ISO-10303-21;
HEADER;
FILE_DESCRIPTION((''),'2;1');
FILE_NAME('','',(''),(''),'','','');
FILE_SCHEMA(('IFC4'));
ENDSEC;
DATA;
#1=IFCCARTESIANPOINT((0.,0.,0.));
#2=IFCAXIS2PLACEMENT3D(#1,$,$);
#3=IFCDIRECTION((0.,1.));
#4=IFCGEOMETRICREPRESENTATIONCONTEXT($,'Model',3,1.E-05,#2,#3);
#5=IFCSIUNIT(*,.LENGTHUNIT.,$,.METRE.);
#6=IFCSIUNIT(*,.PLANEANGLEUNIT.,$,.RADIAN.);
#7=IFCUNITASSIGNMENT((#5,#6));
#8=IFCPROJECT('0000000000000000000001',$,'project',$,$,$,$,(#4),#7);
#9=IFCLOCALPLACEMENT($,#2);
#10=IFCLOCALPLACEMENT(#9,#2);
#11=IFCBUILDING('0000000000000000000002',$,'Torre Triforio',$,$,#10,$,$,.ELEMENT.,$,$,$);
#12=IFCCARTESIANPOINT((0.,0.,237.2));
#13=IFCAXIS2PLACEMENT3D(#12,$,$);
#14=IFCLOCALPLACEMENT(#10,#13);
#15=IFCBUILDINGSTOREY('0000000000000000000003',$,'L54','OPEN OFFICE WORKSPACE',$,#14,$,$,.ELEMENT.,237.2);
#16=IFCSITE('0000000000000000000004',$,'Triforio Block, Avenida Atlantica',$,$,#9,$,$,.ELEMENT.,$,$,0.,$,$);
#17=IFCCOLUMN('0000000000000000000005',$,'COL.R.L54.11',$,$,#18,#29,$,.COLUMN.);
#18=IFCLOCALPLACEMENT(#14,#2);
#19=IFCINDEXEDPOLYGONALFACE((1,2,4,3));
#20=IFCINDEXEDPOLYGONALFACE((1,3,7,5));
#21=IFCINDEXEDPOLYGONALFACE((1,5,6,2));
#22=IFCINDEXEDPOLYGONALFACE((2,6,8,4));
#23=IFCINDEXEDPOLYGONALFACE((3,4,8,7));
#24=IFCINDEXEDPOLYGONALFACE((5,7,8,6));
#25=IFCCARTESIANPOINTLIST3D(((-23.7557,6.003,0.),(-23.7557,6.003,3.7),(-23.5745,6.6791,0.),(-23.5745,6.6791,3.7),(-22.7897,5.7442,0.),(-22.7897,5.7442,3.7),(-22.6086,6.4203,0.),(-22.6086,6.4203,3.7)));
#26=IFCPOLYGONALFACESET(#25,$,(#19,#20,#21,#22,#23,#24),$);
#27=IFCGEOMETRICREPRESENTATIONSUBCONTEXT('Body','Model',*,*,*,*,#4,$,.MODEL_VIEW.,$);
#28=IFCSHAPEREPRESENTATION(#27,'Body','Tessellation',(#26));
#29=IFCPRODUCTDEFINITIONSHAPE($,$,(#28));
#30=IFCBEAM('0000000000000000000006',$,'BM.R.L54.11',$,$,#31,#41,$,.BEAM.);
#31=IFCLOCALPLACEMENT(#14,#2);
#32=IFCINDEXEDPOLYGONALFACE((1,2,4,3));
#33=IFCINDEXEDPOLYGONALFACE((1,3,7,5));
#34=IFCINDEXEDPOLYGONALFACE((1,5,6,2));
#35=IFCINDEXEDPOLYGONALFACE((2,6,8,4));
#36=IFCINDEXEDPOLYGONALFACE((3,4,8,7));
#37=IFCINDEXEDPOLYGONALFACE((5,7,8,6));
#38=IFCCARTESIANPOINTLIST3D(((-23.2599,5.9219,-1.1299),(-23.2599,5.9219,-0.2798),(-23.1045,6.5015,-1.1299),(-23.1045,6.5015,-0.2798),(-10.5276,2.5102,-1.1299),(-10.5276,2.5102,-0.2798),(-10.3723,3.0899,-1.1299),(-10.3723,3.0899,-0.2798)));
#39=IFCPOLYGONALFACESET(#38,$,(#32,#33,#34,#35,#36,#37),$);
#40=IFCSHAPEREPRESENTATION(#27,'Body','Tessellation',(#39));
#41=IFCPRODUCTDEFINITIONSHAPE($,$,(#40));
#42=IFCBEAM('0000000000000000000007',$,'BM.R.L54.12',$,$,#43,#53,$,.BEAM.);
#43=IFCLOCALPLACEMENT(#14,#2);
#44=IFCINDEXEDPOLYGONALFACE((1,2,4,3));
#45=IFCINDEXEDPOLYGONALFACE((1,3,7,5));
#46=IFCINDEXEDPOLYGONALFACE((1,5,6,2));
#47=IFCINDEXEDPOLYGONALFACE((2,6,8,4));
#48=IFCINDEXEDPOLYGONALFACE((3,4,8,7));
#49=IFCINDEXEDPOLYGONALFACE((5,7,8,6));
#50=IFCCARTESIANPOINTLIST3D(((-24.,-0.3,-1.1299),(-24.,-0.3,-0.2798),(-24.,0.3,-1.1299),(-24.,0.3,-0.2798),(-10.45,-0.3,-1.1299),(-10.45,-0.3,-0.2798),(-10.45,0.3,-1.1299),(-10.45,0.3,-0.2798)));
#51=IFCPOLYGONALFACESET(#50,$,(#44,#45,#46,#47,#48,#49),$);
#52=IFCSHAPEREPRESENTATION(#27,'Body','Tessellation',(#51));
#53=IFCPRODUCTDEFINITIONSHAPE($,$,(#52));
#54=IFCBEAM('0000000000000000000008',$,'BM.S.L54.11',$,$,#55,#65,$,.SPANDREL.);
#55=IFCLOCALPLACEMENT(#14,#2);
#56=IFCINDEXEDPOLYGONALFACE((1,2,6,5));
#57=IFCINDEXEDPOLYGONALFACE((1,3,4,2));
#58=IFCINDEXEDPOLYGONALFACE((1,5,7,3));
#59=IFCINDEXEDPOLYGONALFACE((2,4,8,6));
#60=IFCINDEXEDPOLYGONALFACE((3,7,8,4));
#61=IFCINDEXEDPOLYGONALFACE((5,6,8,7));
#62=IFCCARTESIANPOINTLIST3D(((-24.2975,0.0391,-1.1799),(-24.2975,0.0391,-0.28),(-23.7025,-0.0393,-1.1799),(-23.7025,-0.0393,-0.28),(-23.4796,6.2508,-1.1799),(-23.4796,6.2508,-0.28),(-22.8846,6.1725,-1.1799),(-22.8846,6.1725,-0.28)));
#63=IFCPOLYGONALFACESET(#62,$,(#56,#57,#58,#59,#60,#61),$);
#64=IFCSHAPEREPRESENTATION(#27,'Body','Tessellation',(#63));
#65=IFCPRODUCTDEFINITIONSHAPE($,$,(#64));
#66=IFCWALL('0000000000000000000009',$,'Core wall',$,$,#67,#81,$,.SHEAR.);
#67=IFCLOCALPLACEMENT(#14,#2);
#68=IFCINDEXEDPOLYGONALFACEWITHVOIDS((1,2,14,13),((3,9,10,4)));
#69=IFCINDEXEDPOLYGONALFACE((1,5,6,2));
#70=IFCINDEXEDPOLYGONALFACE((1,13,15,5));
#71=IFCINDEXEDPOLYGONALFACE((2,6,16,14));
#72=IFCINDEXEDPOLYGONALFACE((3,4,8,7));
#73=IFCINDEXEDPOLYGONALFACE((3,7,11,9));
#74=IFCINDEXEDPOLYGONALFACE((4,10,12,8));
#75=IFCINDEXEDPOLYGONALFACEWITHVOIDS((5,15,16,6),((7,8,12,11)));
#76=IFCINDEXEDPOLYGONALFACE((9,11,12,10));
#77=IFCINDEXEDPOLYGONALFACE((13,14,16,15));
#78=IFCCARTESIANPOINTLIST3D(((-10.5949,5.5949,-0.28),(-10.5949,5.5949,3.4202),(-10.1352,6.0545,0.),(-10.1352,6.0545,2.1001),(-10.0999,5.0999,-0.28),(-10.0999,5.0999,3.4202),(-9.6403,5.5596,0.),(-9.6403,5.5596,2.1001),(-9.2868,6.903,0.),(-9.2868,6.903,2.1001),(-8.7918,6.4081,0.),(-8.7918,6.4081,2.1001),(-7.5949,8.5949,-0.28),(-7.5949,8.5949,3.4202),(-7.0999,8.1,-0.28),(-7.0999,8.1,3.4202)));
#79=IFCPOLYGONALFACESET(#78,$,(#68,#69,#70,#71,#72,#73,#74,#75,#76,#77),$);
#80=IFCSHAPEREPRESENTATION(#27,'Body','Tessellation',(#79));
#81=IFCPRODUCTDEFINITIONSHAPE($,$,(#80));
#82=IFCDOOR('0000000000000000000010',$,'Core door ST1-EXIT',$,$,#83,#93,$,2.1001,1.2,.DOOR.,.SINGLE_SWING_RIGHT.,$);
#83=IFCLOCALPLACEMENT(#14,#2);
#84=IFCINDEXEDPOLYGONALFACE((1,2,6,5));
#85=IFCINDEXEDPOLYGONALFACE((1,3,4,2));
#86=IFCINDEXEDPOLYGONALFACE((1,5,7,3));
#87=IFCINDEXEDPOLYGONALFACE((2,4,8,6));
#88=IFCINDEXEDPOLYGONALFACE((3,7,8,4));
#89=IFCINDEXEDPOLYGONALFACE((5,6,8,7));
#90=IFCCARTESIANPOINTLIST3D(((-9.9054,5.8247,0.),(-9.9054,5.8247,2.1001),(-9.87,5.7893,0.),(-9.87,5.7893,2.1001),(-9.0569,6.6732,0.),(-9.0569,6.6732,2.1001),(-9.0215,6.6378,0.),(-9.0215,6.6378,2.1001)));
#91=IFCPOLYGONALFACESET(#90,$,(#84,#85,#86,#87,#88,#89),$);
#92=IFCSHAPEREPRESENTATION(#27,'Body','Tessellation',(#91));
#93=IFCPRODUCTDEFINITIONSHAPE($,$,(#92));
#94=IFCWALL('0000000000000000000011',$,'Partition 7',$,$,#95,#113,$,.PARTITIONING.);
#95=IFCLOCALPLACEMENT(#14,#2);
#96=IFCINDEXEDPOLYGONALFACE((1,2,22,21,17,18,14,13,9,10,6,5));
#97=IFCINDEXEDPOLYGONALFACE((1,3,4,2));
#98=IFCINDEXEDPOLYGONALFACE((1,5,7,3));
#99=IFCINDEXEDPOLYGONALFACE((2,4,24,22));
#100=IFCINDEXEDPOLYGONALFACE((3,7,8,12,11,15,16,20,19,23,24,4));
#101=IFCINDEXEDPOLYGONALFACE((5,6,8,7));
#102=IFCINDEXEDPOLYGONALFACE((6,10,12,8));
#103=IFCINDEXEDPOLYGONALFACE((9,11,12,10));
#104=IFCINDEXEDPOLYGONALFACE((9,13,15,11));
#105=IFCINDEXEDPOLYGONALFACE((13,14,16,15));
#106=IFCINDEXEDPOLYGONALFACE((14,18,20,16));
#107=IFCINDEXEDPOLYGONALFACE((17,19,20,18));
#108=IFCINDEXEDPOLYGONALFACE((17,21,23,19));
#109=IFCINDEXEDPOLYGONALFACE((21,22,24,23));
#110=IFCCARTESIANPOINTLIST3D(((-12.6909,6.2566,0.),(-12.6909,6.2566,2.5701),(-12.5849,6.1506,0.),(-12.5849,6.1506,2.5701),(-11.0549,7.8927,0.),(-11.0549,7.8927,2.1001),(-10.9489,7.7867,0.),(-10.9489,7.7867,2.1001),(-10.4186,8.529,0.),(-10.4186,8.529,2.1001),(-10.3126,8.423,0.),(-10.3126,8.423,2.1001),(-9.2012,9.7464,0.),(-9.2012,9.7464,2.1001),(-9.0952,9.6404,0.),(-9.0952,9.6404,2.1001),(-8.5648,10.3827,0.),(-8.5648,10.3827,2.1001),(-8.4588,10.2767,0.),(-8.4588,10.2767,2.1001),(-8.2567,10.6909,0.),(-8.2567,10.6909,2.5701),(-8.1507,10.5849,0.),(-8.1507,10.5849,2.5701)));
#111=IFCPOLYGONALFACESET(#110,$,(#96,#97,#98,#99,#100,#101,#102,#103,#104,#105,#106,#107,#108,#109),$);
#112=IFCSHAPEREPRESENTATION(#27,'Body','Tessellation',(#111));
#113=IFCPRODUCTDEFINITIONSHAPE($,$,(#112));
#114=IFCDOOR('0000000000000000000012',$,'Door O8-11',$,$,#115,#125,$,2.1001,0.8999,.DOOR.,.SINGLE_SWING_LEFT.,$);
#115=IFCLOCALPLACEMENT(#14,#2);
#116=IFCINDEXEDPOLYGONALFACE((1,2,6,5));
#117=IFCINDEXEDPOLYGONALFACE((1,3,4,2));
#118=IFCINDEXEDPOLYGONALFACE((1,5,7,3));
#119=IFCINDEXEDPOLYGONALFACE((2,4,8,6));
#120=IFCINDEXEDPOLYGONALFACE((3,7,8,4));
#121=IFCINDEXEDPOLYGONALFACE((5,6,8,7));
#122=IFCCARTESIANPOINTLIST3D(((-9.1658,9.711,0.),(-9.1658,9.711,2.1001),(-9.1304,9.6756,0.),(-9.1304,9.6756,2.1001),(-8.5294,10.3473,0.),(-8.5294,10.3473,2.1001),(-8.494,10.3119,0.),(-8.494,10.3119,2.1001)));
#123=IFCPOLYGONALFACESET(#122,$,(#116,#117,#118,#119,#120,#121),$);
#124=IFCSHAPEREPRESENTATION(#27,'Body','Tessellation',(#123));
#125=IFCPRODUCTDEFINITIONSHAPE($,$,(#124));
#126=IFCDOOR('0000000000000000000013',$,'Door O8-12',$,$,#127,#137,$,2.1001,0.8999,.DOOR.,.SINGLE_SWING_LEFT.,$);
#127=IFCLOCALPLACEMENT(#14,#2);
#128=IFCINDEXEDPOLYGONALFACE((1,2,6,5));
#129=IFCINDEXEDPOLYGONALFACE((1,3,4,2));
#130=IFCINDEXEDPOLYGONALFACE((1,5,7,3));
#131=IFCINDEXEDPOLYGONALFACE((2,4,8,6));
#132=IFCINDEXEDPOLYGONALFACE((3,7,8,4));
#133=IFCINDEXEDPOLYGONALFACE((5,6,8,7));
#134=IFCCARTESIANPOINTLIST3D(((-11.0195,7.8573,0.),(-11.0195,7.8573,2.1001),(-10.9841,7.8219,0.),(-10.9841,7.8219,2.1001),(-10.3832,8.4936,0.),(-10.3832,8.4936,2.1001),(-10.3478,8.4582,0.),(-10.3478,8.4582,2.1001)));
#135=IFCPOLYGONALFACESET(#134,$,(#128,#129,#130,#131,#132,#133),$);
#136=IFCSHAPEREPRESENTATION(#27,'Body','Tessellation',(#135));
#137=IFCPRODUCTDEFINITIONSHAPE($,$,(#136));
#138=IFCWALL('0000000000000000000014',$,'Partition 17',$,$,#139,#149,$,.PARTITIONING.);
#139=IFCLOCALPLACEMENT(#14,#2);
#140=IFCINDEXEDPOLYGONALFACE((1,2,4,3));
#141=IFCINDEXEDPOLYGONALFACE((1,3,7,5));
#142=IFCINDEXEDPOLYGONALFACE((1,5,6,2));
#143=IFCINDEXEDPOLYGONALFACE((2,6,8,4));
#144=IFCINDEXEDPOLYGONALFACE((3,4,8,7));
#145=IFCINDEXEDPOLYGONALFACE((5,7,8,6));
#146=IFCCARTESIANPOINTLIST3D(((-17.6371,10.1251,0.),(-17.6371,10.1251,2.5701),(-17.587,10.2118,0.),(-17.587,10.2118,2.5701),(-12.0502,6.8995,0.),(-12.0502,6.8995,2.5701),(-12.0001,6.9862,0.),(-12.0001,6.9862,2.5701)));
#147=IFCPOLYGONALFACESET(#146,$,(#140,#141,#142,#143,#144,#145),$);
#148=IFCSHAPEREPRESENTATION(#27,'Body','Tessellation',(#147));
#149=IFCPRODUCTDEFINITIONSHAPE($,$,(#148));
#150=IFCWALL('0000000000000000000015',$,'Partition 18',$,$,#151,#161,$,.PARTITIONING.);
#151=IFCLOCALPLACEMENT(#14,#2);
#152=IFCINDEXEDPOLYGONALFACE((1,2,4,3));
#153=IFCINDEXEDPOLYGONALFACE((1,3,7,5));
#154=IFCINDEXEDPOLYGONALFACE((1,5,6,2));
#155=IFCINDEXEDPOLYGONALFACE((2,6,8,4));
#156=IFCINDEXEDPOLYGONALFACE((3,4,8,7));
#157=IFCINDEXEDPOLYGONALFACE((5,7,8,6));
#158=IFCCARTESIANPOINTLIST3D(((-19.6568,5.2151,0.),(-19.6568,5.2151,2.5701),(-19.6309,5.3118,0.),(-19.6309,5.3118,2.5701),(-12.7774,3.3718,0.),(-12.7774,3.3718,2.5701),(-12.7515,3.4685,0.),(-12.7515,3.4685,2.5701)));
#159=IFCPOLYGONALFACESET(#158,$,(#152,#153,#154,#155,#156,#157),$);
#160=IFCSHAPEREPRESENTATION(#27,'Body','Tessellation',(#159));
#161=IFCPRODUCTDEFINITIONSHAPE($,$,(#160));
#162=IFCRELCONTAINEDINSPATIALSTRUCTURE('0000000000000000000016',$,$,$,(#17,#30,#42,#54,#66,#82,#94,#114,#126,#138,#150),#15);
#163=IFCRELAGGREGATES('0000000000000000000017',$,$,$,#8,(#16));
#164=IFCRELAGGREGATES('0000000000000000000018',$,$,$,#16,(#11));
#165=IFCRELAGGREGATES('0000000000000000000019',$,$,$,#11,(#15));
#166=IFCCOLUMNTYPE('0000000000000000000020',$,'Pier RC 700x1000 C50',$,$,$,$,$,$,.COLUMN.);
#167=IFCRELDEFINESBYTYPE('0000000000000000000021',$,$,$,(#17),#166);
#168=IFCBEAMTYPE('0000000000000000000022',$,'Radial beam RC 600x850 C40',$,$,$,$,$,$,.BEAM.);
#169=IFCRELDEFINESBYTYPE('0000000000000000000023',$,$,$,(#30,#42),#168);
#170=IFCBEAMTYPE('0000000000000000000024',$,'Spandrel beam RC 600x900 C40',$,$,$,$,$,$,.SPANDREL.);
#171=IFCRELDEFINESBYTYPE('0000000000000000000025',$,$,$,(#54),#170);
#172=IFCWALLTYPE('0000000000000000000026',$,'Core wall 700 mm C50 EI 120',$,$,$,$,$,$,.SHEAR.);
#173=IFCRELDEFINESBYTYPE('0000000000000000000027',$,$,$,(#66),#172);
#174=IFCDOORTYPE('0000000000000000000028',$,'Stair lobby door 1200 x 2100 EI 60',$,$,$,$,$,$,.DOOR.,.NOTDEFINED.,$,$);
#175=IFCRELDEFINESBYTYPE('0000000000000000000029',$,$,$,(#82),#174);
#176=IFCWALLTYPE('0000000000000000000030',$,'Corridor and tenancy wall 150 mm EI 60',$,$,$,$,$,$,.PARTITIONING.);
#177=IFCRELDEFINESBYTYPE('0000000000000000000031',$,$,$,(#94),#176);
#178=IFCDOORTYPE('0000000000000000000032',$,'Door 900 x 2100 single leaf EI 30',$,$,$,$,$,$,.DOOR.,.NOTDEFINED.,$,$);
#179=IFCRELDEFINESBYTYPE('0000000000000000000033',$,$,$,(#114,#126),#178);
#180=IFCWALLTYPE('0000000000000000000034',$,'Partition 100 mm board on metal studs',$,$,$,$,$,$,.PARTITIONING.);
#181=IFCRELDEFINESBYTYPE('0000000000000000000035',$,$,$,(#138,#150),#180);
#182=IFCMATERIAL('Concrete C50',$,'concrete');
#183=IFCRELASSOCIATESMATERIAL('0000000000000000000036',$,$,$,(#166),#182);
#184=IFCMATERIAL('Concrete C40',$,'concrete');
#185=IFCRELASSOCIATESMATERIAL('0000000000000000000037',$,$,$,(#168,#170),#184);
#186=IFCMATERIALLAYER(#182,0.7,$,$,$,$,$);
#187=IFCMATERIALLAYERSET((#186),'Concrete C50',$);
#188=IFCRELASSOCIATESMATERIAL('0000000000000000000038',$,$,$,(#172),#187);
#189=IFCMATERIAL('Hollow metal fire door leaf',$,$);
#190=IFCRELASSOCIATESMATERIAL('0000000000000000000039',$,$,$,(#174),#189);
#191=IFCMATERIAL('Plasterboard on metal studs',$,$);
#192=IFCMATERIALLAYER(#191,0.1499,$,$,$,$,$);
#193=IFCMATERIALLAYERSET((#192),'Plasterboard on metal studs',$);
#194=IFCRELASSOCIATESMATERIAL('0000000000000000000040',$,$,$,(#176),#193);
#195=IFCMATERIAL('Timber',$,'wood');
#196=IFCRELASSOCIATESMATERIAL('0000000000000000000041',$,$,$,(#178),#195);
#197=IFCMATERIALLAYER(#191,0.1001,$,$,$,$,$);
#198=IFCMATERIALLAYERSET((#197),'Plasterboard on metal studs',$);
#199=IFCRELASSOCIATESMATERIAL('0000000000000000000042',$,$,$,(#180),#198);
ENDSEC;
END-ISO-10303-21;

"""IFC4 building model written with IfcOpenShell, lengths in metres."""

from ifc_helpers import new_model, si_unit, direction, frame, frame_2d, origin, origin_2d, place, context, subcontext, project, spatial, rectangle, extrude, material, layer, layer_set, material_profile, profile_set, type_object, element, fill, save


model = new_model("IFC4")

# Units and contexts
model_context = context("Model", 3, precision=1e-05, world=origin(), true_north=direction((0.0, 1.0)))
body_context = subcontext(model_context, "Body", "Model", "MODEL_VIEW")
ifc_project = project(units=[si_unit("LENGTHUNIT", "METRE"), si_unit("PLANEANGLEUNIT", "RADIAN")], contexts=[model_context])

# Site, building, storey
site_placement = place(None, origin())
site = spatial("IfcSite", under=ifc_project, at=site_placement, Name="Triforio Block, Avenida Atlantica", CompositionType="ELEMENT", RefElevation=0.0)
building_placement = place(site_placement, origin())
building = spatial("IfcBuilding", under=site, at=building_placement, Name="Torre Triforio", CompositionType="ELEMENT")
storey_placement = place(building_placement, frame((0.0, 0.0, 237.2)))
storey = spatial("IfcBuildingStorey", under=building, at=storey_placement, Name="L54", Description="OPEN OFFICE WORKSPACE", CompositionType="ELEMENT", Elevation=237.2)

# Column
ifc_material_1 = material(Name="Concrete C50", Category="concrete")
ifc_material_profile_1 = material_profile(ifc_material_1, rectangle(XDim=0.7, YDim=1.0, at=origin_2d()), Name="RC 700x1000")
ifc_profile_set_1 = profile_set([ifc_material_profile_1], Name="Concrete C50")
column_type = type_object("IfcColumnType", Name="Pier RC 700x1000 C50", PredefinedType="COLUMN", material=ifc_profile_set_1)
column_placement = place(storey_placement, frame((-23.1821, 6.2117, 0.0), z_axis=(0.0, 0.0, 1.0), x_axis=(-0.258819, -0.965926, 0.0)))
element("IfcColumn", 1, at=column_placement, inside=storey, type_object=column_type, Name="COL.R.L54.11", PredefinedType="COLUMN", context=body_context, shape_type="SweptSolid", body=[
    extrude(rectangle(XDim=0.7, YDim=1.0, at=origin_2d()), origin(), (0.0, 0.0, 1.0), 3.7),
])

# Beams
ifc_material_2 = material(Name="Concrete C40", Category="concrete")
ifc_material_profile_2 = material_profile(ifc_material_2, rectangle(XDim=0.6001, YDim=0.8501, at=origin_2d()), Name="RC 600x850")
ifc_profile_set_2 = profile_set([ifc_material_profile_2], Name="Concrete C40")
beam_type_1 = type_object("IfcBeamType", Name="Radial beam RC 600x850 C40", PredefinedType="BEAM", material=ifc_profile_set_2)
beam_1_placement = place(storey_placement, frame((-10.45, 2.8, -0.7048), z_axis=(-0.965925, 0.258822, 0.0), x_axis=(-0.258822, -0.965925, 0.0)))
element("IfcBeam", 2, at=beam_1_placement, inside=storey, type_object=beam_type_1, Name="BM.R.L54.11", PredefinedType="BEAM", context=body_context, shape_type="SweptSolid", body=[
    extrude(rectangle(XDim=0.6001, YDim=0.8501, at=origin_2d()), origin(), (0.0, 0.0, 1.0), 13.1814),
])
beam_2_placement = place(storey_placement, frame((-10.45, 0.0, -0.7048), z_axis=(-1.0, 0.0, 0.0), x_axis=(0.0, -1.0, 0.0)))
element("IfcBeam", 3, at=beam_2_placement, inside=storey, type_object=beam_type_1, Name="BM.R.L54.12", PredefinedType="BEAM", context=body_context, shape_type="SweptSolid", body=[
    extrude(rectangle(XDim=0.6001, YDim=0.8501, at=origin_2d()), origin(), (0.0, 0.0, 1.0), 13.55),
])
ifc_material_profile_3 = material_profile(ifc_material_2, rectangle(XDim=0.6001, YDim=0.8999, at=origin_2d()), Name="RC 600x900")
ifc_profile_set_3 = profile_set([ifc_material_profile_3], Name="Concrete C40")
beam_type_2 = type_object("IfcBeamType", Name="Spandrel beam RC 600x900 C40", PredefinedType="SPANDREL", material=ifc_profile_set_3)
beam_3_placement = place(storey_placement, frame((-23.1821, 6.2117, -0.73), z_axis=(-0.13054, -0.991443, 0.0), x_axis=(0.991443, -0.13054, 0.0)))
element("IfcBeam", 4, at=beam_3_placement, inside=storey, type_object=beam_type_2, Name="BM.S.L54.11", PredefinedType="SPANDREL", context=body_context, shape_type="SweptSolid", body=[
    extrude(rectangle(XDim=0.6001, YDim=0.8999, at=origin_2d()), origin(), (0.0, 0.0, 1.0), 6.2654),
])

# Wall, opening, door
ifc_layer_1 = layer(ifc_material_1, 0.7)
ifc_layer_set_1 = layer_set([ifc_layer_1], Name="Concrete C50")
wall_type_1 = type_object("IfcWallType", Name="Core wall 700 mm C50 EI 120", PredefinedType="SHEAR", material=ifc_layer_set_1)
wall_1_placement = place(storey_placement, frame((-10.3474, 5.3474, -0.28), z_axis=(0.0, 0.0, 1.0), x_axis=(0.707107, 0.707107, 0.0)))
wall_1 = element("IfcWall", 5, at=wall_1_placement, inside=storey, type_object=wall_type_1, Name="Core wall", PredefinedType="SHEAR", context=body_context, shape_type="SweptSolid", body=[
    extrude(rectangle(XDim=4.2427, YDim=0.7, at=frame_2d((2.1213, 0.0))), origin(), (0.0, 0.0, 1.0), 3.7002),
])
opening_1_placement = place(wall_1_placement, frame((0.6499, 0.0, 0.28)))
opening_1 = element("IfcOpeningElement", 6, at=opening_1_placement, cuts=wall_1, PredefinedType="OPENING", context=body_context, shape_type="SweptSolid", body=[
    extrude(rectangle(XDim=1.2, YDim=2.1001, at=frame_2d((0.6001, 1.05))), frame((0.0, 0.3599, 0.0), z_axis=(0.0, -1.0, 0.0), x_axis=(1.0, 0.0, 0.0)), (0.0, 0.0, 1.0), 0.72),
])
ifc_material_3 = material(Name="Hollow metal fire door leaf")
door_type_1 = type_object("IfcDoorType", Name="Stair lobby door 1200 x 2100 EI 60", OperationType="NOTDEFINED", PredefinedType="DOOR", material=ifc_material_3)
door_1_placement = place(opening_1_placement, origin())
door_1 = element("IfcDoor", 7, at=door_1_placement, inside=storey, type_object=door_type_1, Name="Core door ST1-EXIT", OperationType="SINGLE_SWING_RIGHT", OverallHeight=2.1001, OverallWidth=1.2, PredefinedType="DOOR", context=body_context, shape_type="SweptSolid", body=[
    extrude(rectangle(XDim=1.2, YDim=2.1001, at=frame_2d((0.6001, 1.05))), frame((0.0, 0.0249, 0.0), z_axis=(0.0, -1.0, 0.0), x_axis=(1.0, 0.0, 0.0)), (0.0, 0.0, 1.0), 0.05),
])
fill(opening_1, door_1)

# Wall, openings, doors
ifc_material_4 = material(Name="Plasterboard on metal studs")
ifc_layer_2 = layer(ifc_material_4, 0.1499)
ifc_layer_set_2 = layer_set([ifc_layer_2], Name="Plasterboard on metal studs")
wall_type_2 = type_object("IfcWallType", Name="Corridor and tenancy wall 150 mm EI 60", PredefinedType="PARTITIONING", material=ifc_layer_set_2)
wall_2_placement = place(storey_placement, frame((-12.6379, 6.2036, 0.0), z_axis=(0.0, 0.0, 1.0), x_axis=(0.707107, 0.707107, 0.0)))
wall_2 = element("IfcWall", 8, at=wall_2_placement, inside=storey, type_object=wall_type_2, Name="Partition 7", PredefinedType="PARTITIONING", context=body_context, shape_type="SweptSolid", body=[
    extrude(rectangle(XDim=6.271, YDim=0.1499, at=frame_2d((3.1355, 0.0))), origin(), (0.0, 0.0, 1.0), 2.5701),
])
opening_2_placement = place(wall_2_placement, frame((4.9353, 0.0, 0.0)))
opening_2 = element("IfcOpeningElement", 9, at=opening_2_placement, cuts=wall_2, PredefinedType="OPENING", context=body_context, shape_type="SweptSolid", body=[
    extrude(rectangle(XDim=0.8999, YDim=2.1001, at=frame_2d((0.45, 1.05))), frame((0.0, 0.085, 0.0), z_axis=(0.0, -1.0, 0.0), x_axis=(1.0, 0.0, 0.0)), (0.0, 0.0, 1.0), 0.1699),
])
opening_3_placement = place(wall_2_placement, frame((2.3137, 0.0, 0.0)))
opening_3 = element("IfcOpeningElement", 10, at=opening_3_placement, cuts=wall_2, PredefinedType="OPENING", context=body_context, shape_type="SweptSolid", body=[
    extrude(rectangle(XDim=0.8999, YDim=2.1001, at=frame_2d((0.45, 1.05))), frame((0.0, 0.085, 0.0), z_axis=(0.0, -1.0, 0.0), x_axis=(1.0, 0.0, 0.0)), (0.0, 0.0, 1.0), 0.1699),
])
ifc_material_5 = material(Name="Timber", Category="wood")
door_type_2 = type_object("IfcDoorType", Name="Door 900 x 2100 single leaf EI 30", OperationType="NOTDEFINED", PredefinedType="DOOR", material=ifc_material_5)
door_2_placement = place(opening_2_placement, origin())
door_2 = element("IfcDoor", 11, at=door_2_placement, inside=storey, type_object=door_type_2, Name="Door O8-11", OperationType="SINGLE_SWING_LEFT", OverallHeight=2.1001, OverallWidth=0.8999, PredefinedType="DOOR", context=body_context, shape_type="SweptSolid", body=[
    extrude(rectangle(XDim=0.8999, YDim=2.1001, at=frame_2d((0.45, 1.05))), frame((0.0, 0.0249, 0.0), z_axis=(0.0, -1.0, 0.0), x_axis=(1.0, 0.0, 0.0)), (0.0, 0.0, 1.0), 0.05),
])
fill(opening_2, door_2)
door_3_placement = place(opening_3_placement, origin())
door_3 = element("IfcDoor", 12, at=door_3_placement, inside=storey, type_object=door_type_2, Name="Door O8-12", OperationType="SINGLE_SWING_LEFT", OverallHeight=2.1001, OverallWidth=0.8999, PredefinedType="DOOR", context=body_context, shape_type="SweptSolid", body=[
    extrude(rectangle(XDim=0.8999, YDim=2.1001, at=frame_2d((0.45, 1.05))), frame((0.0, 0.0249, 0.0), z_axis=(0.0, -1.0, 0.0), x_axis=(1.0, 0.0, 0.0)), (0.0, 0.0, 1.0), 0.05),
])
fill(opening_3, door_3)

# Walls
ifc_layer_3 = layer(ifc_material_4, 0.1001)
ifc_layer_set_3 = layer_set([ifc_layer_3], Name="Plasterboard on metal studs")
wall_type_3 = type_object("IfcWallType", Name="Partition 100 mm board on metal studs", PredefinedType="PARTITIONING", material=ifc_layer_set_3)
wall_3_placement = place(storey_placement, frame((-12.0251, 6.9429, 0.0), z_axis=(0.0, 0.0, 1.0), x_axis=(-0.866027, 0.499998, 0.0)))
element("IfcWall", 13, at=wall_3_placement, inside=storey, type_object=wall_type_3, Name="Partition 17", PredefinedType="PARTITIONING", context=body_context, shape_type="SweptSolid", body=[
    extrude(rectangle(XDim=6.4512, YDim=0.1001, at=frame_2d((3.2256, 0.0))), origin(), (0.0, 0.0, 1.0), 2.5701),
])
wall_4_placement = place(storey_placement, frame((-12.7644, 3.4202, 0.0), z_axis=(0.0, 0.0, 1.0), x_axis=(-0.965928, 0.25881, 0.0)))
element("IfcWall", 14, at=wall_4_placement, inside=storey, type_object=wall_type_3, Name="Partition 18", PredefinedType="PARTITIONING", context=body_context, shape_type="SweptSolid", body=[
    extrude(rectangle(XDim=7.1221, YDim=0.1001, at=frame_2d((3.561, 0.0))), origin(), (0.0, 0.0, 1.0), 2.5701),
])

save(model, "model.ifc")
